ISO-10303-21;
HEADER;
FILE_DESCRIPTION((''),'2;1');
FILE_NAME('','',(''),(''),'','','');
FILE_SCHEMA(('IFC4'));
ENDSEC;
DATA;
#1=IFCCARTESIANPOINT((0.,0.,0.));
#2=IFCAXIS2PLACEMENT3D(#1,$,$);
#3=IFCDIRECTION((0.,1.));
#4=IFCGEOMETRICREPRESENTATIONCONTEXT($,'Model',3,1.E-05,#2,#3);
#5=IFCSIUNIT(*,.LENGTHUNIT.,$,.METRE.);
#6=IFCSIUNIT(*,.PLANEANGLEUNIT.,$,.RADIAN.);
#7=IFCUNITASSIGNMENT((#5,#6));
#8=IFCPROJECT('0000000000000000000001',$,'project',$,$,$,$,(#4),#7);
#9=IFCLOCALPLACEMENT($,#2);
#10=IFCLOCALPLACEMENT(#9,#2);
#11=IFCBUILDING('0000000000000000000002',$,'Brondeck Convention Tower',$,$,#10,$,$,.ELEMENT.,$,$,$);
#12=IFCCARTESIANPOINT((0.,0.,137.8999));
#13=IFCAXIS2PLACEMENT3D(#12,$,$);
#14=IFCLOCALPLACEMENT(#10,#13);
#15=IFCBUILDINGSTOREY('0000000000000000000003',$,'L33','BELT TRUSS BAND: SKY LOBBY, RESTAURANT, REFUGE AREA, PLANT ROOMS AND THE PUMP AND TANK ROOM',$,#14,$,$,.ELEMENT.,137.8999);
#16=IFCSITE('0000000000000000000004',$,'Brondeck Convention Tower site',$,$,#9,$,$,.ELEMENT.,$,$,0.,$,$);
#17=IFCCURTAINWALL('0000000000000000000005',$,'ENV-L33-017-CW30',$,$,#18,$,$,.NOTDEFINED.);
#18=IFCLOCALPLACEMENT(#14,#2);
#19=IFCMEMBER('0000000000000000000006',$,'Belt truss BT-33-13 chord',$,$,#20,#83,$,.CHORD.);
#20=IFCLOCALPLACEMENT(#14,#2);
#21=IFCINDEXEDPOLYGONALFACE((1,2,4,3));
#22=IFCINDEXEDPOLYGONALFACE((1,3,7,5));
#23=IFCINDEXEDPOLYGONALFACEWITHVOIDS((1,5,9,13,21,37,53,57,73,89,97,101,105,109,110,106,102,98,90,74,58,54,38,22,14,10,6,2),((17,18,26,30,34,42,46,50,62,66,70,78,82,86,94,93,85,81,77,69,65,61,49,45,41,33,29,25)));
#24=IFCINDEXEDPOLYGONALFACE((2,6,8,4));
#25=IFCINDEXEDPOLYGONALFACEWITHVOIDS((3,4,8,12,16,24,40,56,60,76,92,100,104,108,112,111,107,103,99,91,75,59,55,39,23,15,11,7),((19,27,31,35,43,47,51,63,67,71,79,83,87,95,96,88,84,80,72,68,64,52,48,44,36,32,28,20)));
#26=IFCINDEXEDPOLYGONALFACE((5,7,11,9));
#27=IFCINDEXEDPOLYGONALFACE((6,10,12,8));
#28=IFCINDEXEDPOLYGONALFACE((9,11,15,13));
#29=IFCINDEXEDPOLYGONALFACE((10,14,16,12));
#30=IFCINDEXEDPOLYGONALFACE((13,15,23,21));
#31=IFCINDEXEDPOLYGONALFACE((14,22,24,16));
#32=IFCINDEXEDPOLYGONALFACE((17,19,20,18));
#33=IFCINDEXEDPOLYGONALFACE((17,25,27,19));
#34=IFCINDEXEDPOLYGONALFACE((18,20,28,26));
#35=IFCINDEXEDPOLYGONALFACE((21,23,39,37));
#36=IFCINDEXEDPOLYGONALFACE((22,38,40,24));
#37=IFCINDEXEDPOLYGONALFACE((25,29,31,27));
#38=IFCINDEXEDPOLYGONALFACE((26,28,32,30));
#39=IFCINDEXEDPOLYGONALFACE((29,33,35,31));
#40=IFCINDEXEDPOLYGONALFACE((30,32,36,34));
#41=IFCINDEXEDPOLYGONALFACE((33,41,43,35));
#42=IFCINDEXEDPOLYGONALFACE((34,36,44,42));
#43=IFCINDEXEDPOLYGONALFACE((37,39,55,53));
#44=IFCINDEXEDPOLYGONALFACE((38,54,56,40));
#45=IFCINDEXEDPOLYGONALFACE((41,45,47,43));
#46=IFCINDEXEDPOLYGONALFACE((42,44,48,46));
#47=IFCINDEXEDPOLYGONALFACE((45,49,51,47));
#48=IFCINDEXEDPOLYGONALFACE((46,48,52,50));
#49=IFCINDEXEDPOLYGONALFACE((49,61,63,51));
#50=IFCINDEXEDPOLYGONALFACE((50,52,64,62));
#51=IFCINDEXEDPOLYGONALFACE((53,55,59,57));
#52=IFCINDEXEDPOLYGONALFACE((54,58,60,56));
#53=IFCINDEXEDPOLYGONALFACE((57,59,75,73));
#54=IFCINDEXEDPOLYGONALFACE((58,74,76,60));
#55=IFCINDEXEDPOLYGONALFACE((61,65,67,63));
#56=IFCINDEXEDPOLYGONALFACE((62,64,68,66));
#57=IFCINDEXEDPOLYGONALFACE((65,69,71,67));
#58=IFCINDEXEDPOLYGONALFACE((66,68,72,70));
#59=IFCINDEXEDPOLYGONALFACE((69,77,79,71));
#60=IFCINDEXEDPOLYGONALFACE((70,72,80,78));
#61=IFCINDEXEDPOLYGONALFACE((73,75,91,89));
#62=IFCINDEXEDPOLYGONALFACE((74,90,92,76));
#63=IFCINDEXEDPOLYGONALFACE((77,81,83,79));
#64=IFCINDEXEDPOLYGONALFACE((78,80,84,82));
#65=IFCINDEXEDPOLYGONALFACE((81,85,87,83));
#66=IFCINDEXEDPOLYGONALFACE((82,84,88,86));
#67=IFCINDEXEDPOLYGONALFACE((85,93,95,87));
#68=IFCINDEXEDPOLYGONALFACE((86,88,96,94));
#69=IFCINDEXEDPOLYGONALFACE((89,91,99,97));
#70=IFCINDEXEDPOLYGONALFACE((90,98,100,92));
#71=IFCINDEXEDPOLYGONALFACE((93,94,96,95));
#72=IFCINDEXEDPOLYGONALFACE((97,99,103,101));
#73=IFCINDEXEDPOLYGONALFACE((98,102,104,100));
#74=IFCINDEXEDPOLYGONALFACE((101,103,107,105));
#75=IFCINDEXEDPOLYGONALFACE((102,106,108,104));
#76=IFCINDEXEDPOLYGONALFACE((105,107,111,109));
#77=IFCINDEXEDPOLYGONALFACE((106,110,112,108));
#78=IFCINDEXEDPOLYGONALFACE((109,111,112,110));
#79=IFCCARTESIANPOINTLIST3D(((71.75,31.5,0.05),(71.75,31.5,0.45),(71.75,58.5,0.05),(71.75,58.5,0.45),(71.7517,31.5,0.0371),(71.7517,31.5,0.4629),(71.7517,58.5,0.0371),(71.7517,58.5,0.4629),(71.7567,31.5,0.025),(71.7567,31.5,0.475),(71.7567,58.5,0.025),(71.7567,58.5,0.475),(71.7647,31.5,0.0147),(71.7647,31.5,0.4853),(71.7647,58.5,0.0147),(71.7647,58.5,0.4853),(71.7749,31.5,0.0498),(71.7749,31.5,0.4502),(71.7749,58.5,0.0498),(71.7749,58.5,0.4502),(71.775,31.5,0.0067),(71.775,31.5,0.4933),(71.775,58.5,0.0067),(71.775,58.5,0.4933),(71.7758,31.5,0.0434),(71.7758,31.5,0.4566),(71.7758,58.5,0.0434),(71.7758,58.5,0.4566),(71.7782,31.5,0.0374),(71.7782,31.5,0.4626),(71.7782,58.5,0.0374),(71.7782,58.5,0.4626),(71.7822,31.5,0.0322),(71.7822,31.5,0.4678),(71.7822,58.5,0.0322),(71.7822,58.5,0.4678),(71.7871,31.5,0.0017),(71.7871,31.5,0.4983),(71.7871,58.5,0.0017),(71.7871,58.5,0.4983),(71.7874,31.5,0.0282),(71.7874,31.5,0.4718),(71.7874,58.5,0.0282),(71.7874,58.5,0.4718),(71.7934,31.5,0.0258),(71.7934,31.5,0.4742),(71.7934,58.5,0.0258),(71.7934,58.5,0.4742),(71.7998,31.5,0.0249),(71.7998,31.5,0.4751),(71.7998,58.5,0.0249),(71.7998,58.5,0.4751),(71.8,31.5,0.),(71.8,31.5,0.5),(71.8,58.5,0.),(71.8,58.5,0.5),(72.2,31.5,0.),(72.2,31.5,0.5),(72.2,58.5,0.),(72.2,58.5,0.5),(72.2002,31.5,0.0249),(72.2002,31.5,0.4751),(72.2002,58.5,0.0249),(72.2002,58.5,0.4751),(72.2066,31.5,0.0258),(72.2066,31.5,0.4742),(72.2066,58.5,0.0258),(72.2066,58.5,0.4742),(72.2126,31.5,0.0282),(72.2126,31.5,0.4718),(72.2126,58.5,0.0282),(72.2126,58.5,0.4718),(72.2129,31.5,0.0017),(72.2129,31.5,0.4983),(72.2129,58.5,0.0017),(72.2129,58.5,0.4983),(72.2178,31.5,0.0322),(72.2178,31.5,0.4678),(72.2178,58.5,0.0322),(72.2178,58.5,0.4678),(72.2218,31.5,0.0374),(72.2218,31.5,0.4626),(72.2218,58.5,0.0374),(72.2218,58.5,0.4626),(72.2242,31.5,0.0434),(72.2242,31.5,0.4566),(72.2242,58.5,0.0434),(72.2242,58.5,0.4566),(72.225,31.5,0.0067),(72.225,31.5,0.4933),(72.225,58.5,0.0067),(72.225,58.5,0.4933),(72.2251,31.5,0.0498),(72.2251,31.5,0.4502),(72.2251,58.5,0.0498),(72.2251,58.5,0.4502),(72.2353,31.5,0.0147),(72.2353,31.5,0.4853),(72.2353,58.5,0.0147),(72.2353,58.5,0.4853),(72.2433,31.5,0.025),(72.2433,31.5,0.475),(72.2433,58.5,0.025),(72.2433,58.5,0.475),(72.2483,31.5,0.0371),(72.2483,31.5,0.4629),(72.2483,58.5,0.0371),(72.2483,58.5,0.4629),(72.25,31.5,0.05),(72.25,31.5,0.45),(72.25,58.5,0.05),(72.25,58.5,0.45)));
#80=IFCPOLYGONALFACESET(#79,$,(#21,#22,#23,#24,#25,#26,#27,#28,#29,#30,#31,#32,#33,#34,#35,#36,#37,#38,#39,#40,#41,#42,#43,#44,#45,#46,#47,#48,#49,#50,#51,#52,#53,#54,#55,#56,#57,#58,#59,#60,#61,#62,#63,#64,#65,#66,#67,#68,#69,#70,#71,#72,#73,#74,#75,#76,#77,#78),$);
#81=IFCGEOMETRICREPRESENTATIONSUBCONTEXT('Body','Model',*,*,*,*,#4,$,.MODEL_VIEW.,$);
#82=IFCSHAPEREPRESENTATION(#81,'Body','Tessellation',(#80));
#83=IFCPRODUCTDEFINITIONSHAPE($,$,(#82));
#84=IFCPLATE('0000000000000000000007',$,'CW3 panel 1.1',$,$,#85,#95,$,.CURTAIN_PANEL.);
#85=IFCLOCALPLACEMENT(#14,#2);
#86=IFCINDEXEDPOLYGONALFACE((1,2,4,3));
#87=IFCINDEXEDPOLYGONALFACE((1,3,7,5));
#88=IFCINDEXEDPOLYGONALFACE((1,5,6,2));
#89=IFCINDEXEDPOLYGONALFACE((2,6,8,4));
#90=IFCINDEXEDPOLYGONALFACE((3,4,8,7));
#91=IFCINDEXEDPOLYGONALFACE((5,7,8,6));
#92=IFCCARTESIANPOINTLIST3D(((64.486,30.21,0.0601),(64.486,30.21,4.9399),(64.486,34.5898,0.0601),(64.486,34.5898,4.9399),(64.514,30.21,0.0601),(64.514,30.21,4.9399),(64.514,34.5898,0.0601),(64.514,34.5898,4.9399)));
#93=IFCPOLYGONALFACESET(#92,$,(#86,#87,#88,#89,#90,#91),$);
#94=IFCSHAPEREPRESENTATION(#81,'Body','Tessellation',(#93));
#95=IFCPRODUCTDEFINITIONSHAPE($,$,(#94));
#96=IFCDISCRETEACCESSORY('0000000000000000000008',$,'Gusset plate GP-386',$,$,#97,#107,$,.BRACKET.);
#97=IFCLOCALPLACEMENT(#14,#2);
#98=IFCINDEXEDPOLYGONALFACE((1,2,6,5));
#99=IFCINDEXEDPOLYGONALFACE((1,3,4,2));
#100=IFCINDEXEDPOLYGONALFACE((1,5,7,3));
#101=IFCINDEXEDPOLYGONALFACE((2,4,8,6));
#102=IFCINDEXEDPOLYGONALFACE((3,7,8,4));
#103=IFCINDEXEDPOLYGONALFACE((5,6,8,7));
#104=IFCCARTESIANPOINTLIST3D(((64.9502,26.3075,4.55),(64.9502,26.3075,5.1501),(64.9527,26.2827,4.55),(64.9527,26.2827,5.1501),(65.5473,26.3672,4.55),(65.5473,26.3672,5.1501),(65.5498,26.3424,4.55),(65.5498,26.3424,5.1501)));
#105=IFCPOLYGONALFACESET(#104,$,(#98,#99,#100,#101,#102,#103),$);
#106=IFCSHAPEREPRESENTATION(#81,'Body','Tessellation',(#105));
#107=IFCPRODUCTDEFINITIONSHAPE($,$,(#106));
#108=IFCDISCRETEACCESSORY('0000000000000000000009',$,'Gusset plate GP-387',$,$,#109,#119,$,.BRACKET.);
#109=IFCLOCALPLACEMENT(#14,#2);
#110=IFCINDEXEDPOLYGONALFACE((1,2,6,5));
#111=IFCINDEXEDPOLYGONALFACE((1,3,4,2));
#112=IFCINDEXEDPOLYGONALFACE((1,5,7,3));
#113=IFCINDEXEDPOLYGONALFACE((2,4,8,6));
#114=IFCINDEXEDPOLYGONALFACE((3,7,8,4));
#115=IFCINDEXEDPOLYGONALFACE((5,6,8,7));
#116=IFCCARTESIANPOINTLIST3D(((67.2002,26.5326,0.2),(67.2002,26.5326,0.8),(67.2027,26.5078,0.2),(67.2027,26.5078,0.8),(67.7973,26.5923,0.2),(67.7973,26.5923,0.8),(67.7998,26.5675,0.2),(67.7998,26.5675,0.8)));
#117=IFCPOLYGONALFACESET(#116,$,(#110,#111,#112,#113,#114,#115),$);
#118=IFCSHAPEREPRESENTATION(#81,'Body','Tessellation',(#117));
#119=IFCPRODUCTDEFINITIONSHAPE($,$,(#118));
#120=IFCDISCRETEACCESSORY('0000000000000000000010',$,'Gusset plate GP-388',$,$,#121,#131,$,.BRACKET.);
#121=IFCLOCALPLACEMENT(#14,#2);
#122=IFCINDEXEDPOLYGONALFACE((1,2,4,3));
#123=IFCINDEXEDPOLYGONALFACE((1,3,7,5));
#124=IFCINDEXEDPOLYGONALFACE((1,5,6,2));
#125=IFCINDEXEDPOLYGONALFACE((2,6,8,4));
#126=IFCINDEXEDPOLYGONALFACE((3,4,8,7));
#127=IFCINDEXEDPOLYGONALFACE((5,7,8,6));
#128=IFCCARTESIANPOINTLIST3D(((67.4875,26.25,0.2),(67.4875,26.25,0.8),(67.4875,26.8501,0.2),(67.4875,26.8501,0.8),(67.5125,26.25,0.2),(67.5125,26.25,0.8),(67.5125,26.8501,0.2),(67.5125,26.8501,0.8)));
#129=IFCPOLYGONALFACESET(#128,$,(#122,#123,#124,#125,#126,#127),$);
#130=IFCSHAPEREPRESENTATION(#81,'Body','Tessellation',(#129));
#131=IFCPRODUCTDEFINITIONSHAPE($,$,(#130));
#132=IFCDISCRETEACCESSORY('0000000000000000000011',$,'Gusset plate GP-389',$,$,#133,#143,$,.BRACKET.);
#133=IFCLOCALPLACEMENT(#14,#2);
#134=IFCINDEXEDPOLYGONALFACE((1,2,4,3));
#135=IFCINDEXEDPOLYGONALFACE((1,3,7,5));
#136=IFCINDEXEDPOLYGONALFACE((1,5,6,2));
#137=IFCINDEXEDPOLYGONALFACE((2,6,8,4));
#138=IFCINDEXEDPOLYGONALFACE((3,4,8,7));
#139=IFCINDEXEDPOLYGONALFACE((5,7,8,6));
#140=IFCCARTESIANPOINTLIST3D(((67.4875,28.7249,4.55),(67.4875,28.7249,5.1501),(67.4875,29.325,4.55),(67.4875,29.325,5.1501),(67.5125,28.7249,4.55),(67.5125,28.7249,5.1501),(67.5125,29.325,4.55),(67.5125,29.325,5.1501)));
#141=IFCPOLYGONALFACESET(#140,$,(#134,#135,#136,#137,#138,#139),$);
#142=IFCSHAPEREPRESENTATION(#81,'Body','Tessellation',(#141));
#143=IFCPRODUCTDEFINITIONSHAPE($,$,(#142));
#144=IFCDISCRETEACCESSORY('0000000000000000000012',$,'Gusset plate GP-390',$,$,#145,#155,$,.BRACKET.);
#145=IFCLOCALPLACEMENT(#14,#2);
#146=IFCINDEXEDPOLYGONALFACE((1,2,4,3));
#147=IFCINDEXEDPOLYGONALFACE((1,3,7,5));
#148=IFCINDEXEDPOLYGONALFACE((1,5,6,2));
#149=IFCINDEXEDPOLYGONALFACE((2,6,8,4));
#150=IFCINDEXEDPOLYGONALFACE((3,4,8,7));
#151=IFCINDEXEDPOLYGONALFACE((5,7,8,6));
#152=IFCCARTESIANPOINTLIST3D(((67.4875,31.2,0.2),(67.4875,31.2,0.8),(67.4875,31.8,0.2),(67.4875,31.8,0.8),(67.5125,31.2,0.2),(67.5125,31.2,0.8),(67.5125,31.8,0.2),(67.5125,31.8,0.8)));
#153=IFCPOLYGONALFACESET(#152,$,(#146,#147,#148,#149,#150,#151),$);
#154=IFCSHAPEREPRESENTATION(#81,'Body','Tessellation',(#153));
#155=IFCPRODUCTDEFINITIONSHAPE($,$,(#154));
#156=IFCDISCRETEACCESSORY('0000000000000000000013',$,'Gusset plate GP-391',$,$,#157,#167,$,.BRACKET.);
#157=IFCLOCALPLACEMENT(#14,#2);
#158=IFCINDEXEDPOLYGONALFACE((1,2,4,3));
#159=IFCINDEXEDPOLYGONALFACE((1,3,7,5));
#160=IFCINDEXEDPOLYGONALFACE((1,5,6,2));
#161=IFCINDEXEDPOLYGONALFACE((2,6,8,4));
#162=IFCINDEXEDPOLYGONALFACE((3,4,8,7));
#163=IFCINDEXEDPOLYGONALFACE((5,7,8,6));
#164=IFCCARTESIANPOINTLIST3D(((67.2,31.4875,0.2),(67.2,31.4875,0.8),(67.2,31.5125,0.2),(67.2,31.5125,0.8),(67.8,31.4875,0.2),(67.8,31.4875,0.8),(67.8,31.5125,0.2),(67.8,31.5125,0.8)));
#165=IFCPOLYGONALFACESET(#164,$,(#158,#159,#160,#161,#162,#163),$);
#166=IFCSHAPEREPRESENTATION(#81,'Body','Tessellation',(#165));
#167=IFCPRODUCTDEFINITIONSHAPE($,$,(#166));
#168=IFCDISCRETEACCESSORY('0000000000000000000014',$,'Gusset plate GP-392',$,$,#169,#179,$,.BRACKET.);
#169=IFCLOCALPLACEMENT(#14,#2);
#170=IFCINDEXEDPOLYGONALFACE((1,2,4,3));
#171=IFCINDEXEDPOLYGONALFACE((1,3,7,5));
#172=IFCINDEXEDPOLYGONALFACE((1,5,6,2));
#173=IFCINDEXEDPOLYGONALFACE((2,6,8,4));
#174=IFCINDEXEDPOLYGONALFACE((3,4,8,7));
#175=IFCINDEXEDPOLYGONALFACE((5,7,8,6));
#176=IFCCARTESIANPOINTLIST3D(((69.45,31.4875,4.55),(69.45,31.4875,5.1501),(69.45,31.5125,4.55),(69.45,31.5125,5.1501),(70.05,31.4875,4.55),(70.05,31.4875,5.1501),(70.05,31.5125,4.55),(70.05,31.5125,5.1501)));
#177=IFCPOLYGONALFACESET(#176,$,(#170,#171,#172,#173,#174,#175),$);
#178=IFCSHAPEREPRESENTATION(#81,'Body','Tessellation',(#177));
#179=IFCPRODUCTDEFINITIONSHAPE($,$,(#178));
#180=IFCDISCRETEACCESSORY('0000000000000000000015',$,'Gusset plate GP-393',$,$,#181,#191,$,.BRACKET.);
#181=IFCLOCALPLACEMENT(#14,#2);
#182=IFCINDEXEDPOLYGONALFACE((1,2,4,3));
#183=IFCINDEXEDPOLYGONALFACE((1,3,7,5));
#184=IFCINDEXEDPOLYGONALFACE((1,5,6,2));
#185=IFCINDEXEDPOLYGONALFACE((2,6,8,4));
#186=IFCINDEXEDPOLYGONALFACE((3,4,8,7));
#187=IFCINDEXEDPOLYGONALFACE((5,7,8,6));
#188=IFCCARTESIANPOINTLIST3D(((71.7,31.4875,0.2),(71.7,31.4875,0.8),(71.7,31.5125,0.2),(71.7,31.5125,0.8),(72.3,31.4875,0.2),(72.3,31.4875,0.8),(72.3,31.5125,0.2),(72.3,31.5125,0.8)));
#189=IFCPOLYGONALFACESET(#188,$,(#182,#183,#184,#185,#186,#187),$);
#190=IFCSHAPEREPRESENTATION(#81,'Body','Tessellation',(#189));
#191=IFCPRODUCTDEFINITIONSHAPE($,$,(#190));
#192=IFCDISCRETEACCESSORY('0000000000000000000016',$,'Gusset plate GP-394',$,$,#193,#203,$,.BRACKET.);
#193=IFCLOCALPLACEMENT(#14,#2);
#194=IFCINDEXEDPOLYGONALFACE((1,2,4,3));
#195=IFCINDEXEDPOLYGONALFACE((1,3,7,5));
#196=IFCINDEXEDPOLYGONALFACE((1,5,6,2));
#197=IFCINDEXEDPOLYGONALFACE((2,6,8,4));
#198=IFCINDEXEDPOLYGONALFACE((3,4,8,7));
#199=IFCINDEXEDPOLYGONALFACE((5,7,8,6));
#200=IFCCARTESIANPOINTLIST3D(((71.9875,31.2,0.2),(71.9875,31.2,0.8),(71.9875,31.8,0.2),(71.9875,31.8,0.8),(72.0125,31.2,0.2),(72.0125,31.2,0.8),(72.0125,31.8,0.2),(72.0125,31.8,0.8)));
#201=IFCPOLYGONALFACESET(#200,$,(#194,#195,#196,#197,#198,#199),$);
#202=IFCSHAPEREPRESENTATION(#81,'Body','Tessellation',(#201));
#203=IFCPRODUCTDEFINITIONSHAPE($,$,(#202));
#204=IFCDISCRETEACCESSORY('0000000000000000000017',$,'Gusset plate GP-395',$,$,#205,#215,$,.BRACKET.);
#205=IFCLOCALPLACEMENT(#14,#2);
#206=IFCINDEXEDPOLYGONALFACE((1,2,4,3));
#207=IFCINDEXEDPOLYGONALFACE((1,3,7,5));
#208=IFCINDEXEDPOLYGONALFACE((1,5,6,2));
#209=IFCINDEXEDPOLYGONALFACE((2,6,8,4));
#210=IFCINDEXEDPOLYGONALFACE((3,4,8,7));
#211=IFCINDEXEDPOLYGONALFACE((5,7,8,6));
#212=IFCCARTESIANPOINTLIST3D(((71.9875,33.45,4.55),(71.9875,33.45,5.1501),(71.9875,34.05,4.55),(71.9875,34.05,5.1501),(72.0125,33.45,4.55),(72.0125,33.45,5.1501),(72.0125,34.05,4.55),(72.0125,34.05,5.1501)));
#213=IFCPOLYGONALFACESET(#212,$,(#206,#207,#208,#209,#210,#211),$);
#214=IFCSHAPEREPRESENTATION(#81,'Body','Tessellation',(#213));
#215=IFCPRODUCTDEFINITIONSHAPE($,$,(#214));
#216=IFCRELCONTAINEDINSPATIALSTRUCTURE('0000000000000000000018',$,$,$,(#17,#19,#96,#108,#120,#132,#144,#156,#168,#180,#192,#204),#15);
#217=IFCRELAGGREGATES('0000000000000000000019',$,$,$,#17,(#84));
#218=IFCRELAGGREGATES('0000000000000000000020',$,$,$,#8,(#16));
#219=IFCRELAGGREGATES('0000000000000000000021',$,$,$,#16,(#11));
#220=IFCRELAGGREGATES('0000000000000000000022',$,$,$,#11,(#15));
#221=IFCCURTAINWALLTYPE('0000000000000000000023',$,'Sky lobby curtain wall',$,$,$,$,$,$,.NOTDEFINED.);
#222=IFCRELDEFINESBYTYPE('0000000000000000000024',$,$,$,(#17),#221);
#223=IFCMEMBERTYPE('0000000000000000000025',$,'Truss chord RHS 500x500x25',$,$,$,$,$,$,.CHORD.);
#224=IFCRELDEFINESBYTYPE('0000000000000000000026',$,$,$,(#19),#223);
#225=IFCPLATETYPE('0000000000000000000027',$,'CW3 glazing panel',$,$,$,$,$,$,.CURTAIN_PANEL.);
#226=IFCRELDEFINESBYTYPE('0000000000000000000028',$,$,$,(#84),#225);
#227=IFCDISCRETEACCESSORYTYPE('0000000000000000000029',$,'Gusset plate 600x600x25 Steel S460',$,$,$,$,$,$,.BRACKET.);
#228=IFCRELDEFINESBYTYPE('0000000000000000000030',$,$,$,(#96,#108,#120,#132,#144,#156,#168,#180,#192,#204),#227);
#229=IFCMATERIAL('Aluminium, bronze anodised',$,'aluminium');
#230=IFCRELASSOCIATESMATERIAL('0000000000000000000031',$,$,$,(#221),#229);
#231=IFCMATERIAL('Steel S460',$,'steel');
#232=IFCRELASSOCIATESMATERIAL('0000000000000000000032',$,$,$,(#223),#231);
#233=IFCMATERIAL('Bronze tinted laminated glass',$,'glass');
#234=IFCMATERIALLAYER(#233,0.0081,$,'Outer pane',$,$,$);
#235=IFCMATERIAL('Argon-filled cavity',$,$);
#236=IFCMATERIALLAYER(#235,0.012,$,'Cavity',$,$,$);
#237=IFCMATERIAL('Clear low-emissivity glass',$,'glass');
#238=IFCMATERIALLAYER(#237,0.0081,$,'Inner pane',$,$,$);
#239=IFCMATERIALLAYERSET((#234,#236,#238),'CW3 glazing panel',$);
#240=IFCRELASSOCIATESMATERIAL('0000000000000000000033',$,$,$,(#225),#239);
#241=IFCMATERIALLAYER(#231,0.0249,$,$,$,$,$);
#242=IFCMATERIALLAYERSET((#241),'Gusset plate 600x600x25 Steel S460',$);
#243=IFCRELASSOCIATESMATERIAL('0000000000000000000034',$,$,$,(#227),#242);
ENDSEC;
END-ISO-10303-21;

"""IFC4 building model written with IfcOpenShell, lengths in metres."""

from ifc_helpers import new_model, si_unit, direction, frame, origin, origin_2d, place, context, subcontext, project, spatial, rectangle, hollow_rectangle, extrude, material, layer, layer_set, material_profile, profile_set, type_object, element, aggregate, save


model = new_model("IFC4")

# Units and contexts
model_context = context("Model", 3, precision=1e-05, world=origin(), true_north=direction((0.0, 1.0)))
body_context = subcontext(model_context, "Body", "Model", "MODEL_VIEW")
ifc_project = project(units=[si_unit("LENGTHUNIT", "METRE"), si_unit("PLANEANGLEUNIT", "RADIAN")], contexts=[model_context])

# Site, building, storey
site_placement = place(None, origin())
site = spatial("IfcSite", under=ifc_project, at=site_placement, Name="Brondeck Convention Tower site", CompositionType="ELEMENT", RefElevation=0.0)
building_placement = place(site_placement, origin())
building = spatial("IfcBuilding", under=site, at=building_placement, Name="Brondeck Convention Tower", CompositionType="ELEMENT")
storey_placement = place(building_placement, frame((0.0, 0.0, 137.8999)))
storey = spatial("IfcBuildingStorey", under=building, at=storey_placement, Name="L33", Description="BELT TRUSS BAND: SKY LOBBY, RESTAURANT, REFUGE AREA, PLANT ROOMS AND THE PUMP AND TANK ROOM", CompositionType="ELEMENT", Elevation=137.8999)

# Curtain wall
ifc_material_1 = material(Name="Aluminium, bronze anodised", Category="aluminium")
curtain_wall_type = type_object("IfcCurtainWallType", Name="Sky lobby curtain wall", PredefinedType="NOTDEFINED", material=ifc_material_1)
curtain_wall_1_placement = place(storey_placement, origin())
curtain_wall_1 = element("IfcCurtainWall", 1, at=curtain_wall_1_placement, inside=storey, type_object=curtain_wall_type, Name="ENV-L33-017-CW30", PredefinedType="NOTDEFINED")

# Shared definitions
ifc_material_2 = material(Name="Steel S460", Category="steel")

# Member
ifc_material_profile_1 = material_profile(ifc_material_2, hollow_rectangle(XDim=0.5, YDim=0.5, WallThickness=0.0249, InnerFilletRadius=0.0249, OuterFilletRadius=0.05, at=origin_2d()), Name="RHS 500x500x25")
ifc_profile_set_1 = profile_set([ifc_material_profile_1], Name="Steel S460")
member_type_1 = type_object("IfcMemberType", Name="Truss chord RHS 500x500x25", PredefinedType="CHORD", material=ifc_profile_set_1)
member_1_placement = place(storey_placement, frame((72.0, 31.5, 0.25), z_axis=(0.0, 1.0, 0.0), x_axis=(-1.0, 0.0, 0.0)))
element("IfcMember", 2, at=member_1_placement, inside=storey, type_object=member_type_1, Name="Belt truss BT-33-13 chord", PredefinedType="CHORD", context=body_context, shape_type="SweptSolid", body=[
    extrude(hollow_rectangle(XDim=0.5, YDim=0.5, WallThickness=0.0249, InnerFilletRadius=0.0249, OuterFilletRadius=0.05, at=origin_2d()), origin(), (0.0, 0.0, 1.0), 27.0),
])

# Plate
ifc_material_3 = material(Name="Bronze tinted laminated glass", Category="glass")
ifc_layer_1 = layer(ifc_material_3, 0.0081, Name="Outer pane")
ifc_material_4 = material(Name="Argon-filled cavity")
ifc_layer_2 = layer(ifc_material_4, 0.012, Name="Cavity")
ifc_material_5 = material(Name="Clear low-emissivity glass", Category="glass")
ifc_layer_3 = layer(ifc_material_5, 0.0081, Name="Inner pane")
ifc_layer_set_1 = layer_set([ifc_layer_1, ifc_layer_2, ifc_layer_3], Name="CW3 glazing panel")
plate_type = type_object("IfcPlateType", Name="CW3 glazing panel", PredefinedType="CURTAIN_PANEL", material=ifc_layer_set_1)
plate_placement = place(storey_placement, frame((64.5, 32.3999, 0.0601), z_axis=(0.0, 0.0, 1.0), x_axis=(0.0, -1.0, 0.0)))
plate = element("IfcPlate", 3, at=plate_placement, type_object=plate_type, Name="CW3 panel 1.1", PredefinedType="CURTAIN_PANEL", context=body_context, shape_type="SweptSolid", body=[
    extrude(rectangle(XDim=4.3799, YDim=0.0281, at=origin_2d()), origin(), (0.0, 0.0, 1.0), 4.8799),
])
aggregate(curtain_wall_1, [plate])

# Discrete accessories
ifc_layer_4 = layer(ifc_material_2, 0.0249)
ifc_layer_set_2 = layer_set([ifc_layer_4], Name="Gusset plate 600x600x25 Steel S460")
discrete_accessory_type = type_object("IfcDiscreteAccessoryType", Name="Gusset plate 600x600x25 Steel S460", PredefinedType="BRACKET", material=ifc_layer_set_2)
for number, where, z_axis, x_axis, name in (
    (4, (65.25, 26.325, 4.55), (0.0, 0.0, 1.0), (0.995036, 0.099511, 0.0), "Gusset plate GP-386"),
    (5, (67.5, 26.55, 0.2), (0.0, 0.0, 1.0), (0.995036, 0.099511, 0.0), "Gusset plate GP-387"),
    (6, (67.5, 26.55, 0.2), (0.0, 0.0, 1.0), (0.0, 1.0, 0.0), "Gusset plate GP-388"),
    (7, (67.5, 29.0249, 4.55), (0.0, 0.0, 1.0), (0.0, 1.0, 0.0), "Gusset plate GP-389"),
    (8, (67.5, 31.5, 0.2), (0.0, 0.0, 1.0), (0.0, 1.0, 0.0), "Gusset plate GP-390"),
    (9, (67.5, 31.5, 0.2), (0.0, 0.0, 1.0), (1.0, 0.0, 0.0), "Gusset plate GP-391"),
    (10, (69.75, 31.5, 4.55), (0.0, 0.0, 1.0), (1.0, 0.0, 0.0), "Gusset plate GP-392"),
    (11, (72.0, 31.5, 0.2), (0.0, 0.0, 1.0), (1.0, 0.0, 0.0), "Gusset plate GP-393"),
    (12, (72.0, 31.5, 0.2), (0.0, 0.0, 1.0), (0.0, 1.0, 0.0), "Gusset plate GP-394"),
    (13, (72.0, 33.75, 4.55), (0.0, 0.0, 1.0), (0.0, 1.0, 0.0), "Gusset plate GP-395"),
):
    element("IfcDiscreteAccessory", number, at=place(storey_placement, frame(where, z_axis=z_axis, x_axis=x_axis)), inside=storey, type_object=discrete_accessory_type, Name=name, PredefinedType="BRACKET", context=body_context, shape_type="SweptSolid", body=[
        extrude(rectangle(XDim=0.6001, YDim=0.0249, at=origin_2d()), origin(), (0.0, 0.0, 1.0), 0.6001),
    ])

save(model, "model.ifc")
